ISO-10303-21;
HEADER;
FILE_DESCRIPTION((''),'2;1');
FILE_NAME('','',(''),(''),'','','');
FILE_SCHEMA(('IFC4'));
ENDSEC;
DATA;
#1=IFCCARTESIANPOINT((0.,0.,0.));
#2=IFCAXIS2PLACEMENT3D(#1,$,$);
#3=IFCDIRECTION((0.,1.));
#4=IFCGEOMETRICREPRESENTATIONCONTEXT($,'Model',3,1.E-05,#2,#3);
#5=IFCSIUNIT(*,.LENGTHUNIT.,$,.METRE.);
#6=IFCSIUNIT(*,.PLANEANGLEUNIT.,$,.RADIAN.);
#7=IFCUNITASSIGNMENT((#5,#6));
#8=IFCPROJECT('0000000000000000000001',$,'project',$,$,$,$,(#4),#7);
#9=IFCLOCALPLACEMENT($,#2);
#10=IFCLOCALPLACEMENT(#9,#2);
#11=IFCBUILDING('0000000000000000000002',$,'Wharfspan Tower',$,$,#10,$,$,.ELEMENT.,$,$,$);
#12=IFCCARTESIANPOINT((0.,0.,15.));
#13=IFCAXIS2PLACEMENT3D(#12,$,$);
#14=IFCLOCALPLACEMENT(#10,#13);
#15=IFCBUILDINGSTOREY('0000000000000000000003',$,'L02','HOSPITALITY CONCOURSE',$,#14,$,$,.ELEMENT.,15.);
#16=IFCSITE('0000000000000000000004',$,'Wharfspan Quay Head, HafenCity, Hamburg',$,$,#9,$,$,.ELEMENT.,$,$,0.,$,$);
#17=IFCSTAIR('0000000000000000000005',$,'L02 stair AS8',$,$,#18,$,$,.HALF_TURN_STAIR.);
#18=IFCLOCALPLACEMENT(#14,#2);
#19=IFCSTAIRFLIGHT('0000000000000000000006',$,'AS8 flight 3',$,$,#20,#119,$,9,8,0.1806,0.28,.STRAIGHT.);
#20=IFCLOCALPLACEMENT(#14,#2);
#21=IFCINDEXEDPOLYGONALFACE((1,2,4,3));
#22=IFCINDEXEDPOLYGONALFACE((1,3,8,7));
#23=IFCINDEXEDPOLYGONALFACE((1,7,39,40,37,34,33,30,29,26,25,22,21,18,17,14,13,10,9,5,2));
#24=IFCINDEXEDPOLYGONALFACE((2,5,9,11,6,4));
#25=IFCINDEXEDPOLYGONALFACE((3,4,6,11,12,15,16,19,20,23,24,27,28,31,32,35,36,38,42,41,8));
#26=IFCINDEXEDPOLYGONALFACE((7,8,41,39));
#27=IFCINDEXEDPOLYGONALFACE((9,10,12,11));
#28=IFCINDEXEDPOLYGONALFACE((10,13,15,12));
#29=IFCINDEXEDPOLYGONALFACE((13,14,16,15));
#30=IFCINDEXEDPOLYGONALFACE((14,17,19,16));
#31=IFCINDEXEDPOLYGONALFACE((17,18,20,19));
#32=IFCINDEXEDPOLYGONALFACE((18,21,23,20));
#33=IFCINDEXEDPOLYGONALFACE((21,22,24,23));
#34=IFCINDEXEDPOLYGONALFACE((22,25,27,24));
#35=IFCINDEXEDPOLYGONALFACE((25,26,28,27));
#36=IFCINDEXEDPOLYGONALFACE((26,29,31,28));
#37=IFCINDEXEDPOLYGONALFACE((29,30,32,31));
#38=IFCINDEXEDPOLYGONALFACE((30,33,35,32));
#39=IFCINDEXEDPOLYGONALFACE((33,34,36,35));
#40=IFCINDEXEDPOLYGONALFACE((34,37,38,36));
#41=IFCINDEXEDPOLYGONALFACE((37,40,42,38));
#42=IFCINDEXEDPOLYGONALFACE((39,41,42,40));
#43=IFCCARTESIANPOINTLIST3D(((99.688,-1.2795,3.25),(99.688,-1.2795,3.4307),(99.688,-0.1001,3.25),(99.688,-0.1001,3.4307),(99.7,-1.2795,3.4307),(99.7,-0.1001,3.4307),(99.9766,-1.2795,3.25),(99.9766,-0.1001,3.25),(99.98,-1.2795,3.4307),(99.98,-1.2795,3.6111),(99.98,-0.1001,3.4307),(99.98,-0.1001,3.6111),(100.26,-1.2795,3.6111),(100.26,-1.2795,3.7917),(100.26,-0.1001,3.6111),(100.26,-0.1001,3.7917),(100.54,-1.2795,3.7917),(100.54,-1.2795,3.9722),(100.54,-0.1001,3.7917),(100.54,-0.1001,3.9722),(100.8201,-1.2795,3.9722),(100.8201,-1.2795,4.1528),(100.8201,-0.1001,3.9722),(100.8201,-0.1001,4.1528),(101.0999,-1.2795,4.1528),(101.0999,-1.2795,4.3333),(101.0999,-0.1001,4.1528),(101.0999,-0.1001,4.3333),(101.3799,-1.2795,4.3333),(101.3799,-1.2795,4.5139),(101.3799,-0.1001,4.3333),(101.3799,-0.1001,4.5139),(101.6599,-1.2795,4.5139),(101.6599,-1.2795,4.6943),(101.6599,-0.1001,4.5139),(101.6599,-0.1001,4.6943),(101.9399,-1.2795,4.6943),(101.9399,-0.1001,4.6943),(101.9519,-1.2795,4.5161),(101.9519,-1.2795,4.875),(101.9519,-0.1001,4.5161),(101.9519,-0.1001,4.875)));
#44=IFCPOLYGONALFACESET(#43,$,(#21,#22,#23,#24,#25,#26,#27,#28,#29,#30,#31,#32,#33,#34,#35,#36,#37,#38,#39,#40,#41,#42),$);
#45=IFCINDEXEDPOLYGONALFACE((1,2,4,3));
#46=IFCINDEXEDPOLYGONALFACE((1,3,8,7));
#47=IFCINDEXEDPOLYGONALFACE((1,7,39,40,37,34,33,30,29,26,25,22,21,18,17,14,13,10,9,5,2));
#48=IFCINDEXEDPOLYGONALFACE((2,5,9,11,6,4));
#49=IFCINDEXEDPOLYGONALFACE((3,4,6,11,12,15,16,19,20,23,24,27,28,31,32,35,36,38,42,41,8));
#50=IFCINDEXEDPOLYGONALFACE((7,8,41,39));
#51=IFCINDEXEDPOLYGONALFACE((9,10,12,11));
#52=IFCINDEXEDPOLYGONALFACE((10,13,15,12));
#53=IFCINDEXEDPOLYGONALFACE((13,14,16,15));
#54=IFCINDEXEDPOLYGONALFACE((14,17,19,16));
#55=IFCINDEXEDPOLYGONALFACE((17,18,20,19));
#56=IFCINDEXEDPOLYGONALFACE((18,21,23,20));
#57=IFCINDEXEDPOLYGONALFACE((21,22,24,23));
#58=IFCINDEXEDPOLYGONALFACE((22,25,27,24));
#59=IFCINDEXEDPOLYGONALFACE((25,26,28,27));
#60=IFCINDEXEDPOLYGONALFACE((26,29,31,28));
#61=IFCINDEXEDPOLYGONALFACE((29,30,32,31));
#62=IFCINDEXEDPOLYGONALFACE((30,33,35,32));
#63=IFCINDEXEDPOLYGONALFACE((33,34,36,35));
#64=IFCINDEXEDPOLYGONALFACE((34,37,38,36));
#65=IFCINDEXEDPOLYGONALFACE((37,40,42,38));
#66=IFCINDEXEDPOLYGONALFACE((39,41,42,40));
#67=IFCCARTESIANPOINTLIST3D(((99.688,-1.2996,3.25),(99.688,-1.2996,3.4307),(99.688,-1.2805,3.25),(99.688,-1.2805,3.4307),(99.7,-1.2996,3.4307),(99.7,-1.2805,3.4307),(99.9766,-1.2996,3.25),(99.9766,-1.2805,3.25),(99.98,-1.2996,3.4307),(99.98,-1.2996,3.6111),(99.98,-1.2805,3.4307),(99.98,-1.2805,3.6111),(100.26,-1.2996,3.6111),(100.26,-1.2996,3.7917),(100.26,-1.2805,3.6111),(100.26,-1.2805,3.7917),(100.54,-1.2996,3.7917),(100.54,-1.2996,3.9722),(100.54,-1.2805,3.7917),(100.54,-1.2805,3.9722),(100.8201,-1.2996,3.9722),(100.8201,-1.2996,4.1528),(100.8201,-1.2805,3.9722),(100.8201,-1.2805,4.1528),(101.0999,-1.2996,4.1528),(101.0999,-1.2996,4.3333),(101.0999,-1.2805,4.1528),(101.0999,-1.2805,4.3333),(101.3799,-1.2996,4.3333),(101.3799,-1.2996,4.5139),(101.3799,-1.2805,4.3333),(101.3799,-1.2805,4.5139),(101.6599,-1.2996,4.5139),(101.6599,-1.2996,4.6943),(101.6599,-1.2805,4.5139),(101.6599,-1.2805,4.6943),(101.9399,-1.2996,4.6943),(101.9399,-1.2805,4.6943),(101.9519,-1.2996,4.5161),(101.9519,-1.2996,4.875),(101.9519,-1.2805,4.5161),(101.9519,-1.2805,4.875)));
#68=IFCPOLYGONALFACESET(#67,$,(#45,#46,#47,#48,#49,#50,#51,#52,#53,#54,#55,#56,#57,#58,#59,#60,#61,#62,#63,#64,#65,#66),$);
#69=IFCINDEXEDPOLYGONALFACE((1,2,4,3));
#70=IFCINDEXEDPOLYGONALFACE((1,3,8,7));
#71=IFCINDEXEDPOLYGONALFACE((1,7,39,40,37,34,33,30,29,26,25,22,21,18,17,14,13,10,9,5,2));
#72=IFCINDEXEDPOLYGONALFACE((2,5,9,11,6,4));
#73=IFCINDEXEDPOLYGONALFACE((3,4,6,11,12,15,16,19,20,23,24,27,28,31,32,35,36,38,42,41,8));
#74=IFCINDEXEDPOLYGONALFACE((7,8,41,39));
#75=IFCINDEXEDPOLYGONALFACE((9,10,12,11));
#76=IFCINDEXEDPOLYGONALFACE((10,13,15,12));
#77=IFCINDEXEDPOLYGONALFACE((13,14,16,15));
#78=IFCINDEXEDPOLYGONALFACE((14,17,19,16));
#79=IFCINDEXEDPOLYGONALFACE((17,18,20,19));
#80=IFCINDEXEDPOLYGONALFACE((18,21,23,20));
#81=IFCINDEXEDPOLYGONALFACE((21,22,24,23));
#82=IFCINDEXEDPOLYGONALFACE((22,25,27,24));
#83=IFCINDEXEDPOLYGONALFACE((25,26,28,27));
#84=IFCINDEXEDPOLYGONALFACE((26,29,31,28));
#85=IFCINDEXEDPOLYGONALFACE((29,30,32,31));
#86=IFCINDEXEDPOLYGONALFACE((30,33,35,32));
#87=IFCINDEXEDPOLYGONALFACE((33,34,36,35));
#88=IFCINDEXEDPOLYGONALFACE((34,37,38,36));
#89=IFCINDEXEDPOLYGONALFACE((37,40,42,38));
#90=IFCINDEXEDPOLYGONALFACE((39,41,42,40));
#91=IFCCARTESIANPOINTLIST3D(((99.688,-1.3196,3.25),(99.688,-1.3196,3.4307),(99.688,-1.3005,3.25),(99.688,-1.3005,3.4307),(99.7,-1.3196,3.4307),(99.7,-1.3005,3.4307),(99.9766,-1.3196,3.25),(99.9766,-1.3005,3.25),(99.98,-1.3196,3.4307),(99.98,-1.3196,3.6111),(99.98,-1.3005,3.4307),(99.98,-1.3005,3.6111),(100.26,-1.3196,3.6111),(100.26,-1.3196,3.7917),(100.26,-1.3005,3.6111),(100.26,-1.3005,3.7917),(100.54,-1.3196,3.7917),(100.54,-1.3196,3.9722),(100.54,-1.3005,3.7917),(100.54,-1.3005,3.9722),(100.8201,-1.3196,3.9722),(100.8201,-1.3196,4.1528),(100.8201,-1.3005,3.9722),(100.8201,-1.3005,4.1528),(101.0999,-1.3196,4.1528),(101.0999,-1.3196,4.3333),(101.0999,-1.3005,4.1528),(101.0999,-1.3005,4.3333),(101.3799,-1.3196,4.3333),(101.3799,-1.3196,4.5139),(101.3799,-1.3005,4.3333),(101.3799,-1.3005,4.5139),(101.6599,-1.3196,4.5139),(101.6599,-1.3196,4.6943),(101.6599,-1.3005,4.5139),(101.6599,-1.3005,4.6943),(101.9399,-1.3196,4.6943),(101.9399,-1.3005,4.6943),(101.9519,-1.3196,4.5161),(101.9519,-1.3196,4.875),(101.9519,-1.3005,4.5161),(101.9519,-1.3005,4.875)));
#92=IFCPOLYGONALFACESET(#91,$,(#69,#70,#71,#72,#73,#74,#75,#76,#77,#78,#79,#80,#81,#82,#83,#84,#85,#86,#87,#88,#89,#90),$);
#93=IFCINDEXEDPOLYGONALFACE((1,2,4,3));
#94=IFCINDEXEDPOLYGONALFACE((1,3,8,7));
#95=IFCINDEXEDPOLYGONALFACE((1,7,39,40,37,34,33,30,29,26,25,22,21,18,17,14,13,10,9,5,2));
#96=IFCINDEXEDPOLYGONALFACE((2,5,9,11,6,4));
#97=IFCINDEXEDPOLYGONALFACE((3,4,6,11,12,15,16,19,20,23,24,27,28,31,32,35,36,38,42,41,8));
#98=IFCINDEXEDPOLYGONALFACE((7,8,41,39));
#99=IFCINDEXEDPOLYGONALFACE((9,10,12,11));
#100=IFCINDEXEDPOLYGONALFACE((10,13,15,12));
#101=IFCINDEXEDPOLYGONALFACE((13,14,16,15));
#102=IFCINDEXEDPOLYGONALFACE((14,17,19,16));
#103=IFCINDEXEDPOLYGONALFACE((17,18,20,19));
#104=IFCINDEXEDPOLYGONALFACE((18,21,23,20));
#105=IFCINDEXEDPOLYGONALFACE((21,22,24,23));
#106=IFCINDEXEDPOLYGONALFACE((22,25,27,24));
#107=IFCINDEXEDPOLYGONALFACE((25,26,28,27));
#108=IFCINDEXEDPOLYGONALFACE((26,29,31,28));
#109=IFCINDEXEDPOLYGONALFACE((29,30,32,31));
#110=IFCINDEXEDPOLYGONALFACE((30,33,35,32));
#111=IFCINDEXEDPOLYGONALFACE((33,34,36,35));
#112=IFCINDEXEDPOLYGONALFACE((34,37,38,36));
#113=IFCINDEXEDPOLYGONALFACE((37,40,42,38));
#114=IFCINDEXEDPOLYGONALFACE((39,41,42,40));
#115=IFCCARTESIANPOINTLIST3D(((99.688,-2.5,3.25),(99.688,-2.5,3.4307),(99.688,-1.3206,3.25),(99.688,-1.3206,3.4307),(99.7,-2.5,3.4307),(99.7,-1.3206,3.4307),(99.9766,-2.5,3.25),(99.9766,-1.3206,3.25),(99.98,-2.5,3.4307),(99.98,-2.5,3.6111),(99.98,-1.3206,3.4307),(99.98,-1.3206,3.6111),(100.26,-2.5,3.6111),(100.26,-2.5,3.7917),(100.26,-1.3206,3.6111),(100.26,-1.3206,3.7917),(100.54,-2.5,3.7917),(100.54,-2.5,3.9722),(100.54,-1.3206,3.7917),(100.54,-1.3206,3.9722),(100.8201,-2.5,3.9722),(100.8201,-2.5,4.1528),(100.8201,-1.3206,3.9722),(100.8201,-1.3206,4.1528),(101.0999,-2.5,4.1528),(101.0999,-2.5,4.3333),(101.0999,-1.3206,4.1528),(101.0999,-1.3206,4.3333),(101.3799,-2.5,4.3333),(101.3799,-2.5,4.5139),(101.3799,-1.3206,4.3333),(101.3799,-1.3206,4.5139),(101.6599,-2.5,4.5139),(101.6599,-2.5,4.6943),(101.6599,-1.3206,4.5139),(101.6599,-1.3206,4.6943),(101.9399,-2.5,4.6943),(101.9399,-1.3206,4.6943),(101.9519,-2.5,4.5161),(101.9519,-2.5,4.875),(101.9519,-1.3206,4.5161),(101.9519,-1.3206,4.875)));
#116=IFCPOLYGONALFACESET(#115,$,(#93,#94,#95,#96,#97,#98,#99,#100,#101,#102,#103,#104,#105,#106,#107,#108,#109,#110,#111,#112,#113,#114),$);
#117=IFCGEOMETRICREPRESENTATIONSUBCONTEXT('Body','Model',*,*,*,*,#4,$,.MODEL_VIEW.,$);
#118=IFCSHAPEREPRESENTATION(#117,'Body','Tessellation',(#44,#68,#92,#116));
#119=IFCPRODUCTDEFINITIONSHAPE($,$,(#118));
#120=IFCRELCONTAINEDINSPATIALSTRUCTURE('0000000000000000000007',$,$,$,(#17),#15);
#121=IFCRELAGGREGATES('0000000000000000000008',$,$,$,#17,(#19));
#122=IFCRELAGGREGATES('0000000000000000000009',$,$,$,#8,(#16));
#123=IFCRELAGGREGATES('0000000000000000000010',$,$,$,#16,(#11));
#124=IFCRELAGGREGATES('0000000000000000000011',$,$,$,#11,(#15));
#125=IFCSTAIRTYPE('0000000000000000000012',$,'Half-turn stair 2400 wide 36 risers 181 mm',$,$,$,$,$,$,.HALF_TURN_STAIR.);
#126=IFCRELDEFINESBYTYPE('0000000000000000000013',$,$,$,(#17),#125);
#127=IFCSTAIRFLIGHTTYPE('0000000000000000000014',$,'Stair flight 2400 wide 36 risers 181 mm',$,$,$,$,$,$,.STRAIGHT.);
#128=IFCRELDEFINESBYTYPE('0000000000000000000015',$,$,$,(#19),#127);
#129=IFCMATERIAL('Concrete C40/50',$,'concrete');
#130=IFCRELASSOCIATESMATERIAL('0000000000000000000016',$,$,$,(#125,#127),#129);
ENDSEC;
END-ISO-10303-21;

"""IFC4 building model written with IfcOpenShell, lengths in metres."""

from ifc_helpers import new_model, si_unit, direction, frame, origin, place, context, subcontext, project, spatial, polyline, outline, extrude, material, type_object, element, aggregate, save


model = new_model("IFC4")

# Units and contexts
model_context = context("Model", 3, precision=1e-05, world=origin(), true_north=direction((0.0, 1.0)))
body_context = subcontext(model_context, "Body", "Model", "MODEL_VIEW")
ifc_project = project(units=[si_unit("LENGTHUNIT", "METRE"), si_unit("PLANEANGLEUNIT", "RADIAN")], contexts=[model_context])

# Site, building, storey
site_placement = place(None, origin())
site = spatial("IfcSite", under=ifc_project, at=site_placement, Name="Wharfspan Quay Head, HafenCity, Hamburg", CompositionType="ELEMENT", RefElevation=0.0)
building_placement = place(site_placement, origin())
building = spatial("IfcBuilding", under=site, at=building_placement, Name="Wharfspan Tower", CompositionType="ELEMENT")
storey_placement = place(building_placement, frame((0.0, 0.0, 15.0)))
storey = spatial("IfcBuildingStorey", under=building, at=storey_placement, Name="L02", Description="HOSPITALITY CONCOURSE", CompositionType="ELEMENT", Elevation=15.0)

# Shared definitions
ifc_material_1 = material(Name="Concrete C40/50", Category="concrete")

# Stair, stair flight
stair_type = type_object("IfcStairType", Name="Half-turn stair 2400 wide 36 risers 181 mm", PredefinedType="HALF_TURN_STAIR", material=ifc_material_1)
stair_placement = place(storey_placement, origin())
stair = element("IfcStair", 1, at=stair_placement, inside=storey, type_object=stair_type, Name="L02 stair AS8", PredefinedType="HALF_TURN_STAIR")
stair_flight_type = type_object("IfcStairFlightType", Name="Stair flight 2400 wide 36 risers 181 mm", PredefinedType="STRAIGHT", material=ifc_material_1)
stair_flight_1_placement = place(storey_placement, frame((99.7, -1.3, 3.25), z_axis=(0.0, 0.0, 1.0), x_axis=(1.0, 0.0, 0.0)))
stair_flight_1 = element("IfcStairFlight", 2, at=stair_flight_1_placement, type_object=stair_flight_type, Name="AS8 flight 3", NumberOfRisers=9, NumberOfTreads=8, PredefinedType="STRAIGHT", RiserHeight=0.1806, TreadLength=0.28, context=body_context, shape_type="SweptSolid", body=[
    extrude(outline(polyline([(-0.012, 0.0), (-0.012, 0.1807), (0.0, 0.1807), (0.28, 0.1807), (0.28, 0.3611), (0.5601, 0.3611), (0.5601, 0.5417), (0.8401, 0.5417), (0.8401, 0.7222), (1.1201, 0.7222), (1.1201, 0.9028), (1.3999, 0.9028), (1.3999, 1.0833), (1.6799, 1.0833), (1.6799, 1.2639), (1.96, 1.2639), (1.96, 1.4443), (2.24, 1.4443), (2.252, 1.625), (2.252, 1.2661), (0.2766, 0.0), (-0.012, 0.0)])), frame((0.0, 1.2, 0.0), z_axis=(0.0, -1.0, 0.0), x_axis=(1.0, 0.0, 0.0)), (0.0, 0.0, 1.0), 1.1794),
    extrude(outline(polyline([(-0.012, 0.0), (-0.012, 0.1807), (0.0, 0.1807), (0.28, 0.1807), (0.28, 0.3611), (0.5601, 0.3611), (0.5601, 0.5417), (0.8401, 0.5417), (0.8401, 0.7222), (1.1201, 0.7222), (1.1201, 0.9028), (1.3999, 0.9028), (1.3999, 1.0833), (1.6799, 1.0833), (1.6799, 1.2639), (1.96, 1.2639), (1.96, 1.4443), (2.24, 1.4443), (2.252, 1.625), (2.252, 1.2661), (0.2766, 0.0), (-0.012, 0.0)])), frame((0.0, 0.0195, 0.0), z_axis=(0.0, -1.0, 0.0), x_axis=(1.0, 0.0, 0.0)), (0.0, 0.0, 1.0), 0.019),
    extrude(outline(polyline([(-0.012, 0.0), (-0.012, 0.1807), (0.0, 0.1807), (0.28, 0.1807), (0.28, 0.3611), (0.5601, 0.3611), (0.5601, 0.5417), (0.8401, 0.5417), (0.8401, 0.7222), (1.1201, 0.7222), (1.1201, 0.9028), (1.3999, 0.9028), (1.3999, 1.0833), (1.6799, 1.0833), (1.6799, 1.2639), (1.96, 1.2639), (1.96, 1.4443), (2.24, 1.4443), (2.252, 1.625), (2.252, 1.2661), (0.2766, 0.0), (-0.012, 0.0)])), frame((0.0, -0.0005, 0.0), z_axis=(0.0, -1.0, 0.0), x_axis=(1.0, 0.0, 0.0)), (0.0, 0.0, 1.0), 0.019),
    extrude(outline(polyline([(-0.012, 0.0), (-0.012, 0.1807), (0.0, 0.1807), (0.28, 0.1807), (0.28, 0.3611), (0.5601, 0.3611), (0.5601, 0.5417), (0.8401, 0.5417), (0.8401, 0.7222), (1.1201, 0.7222), (1.1201, 0.9028), (1.3999, 0.9028), (1.3999, 1.0833), (1.6799, 1.0833), (1.6799, 1.2639), (1.96, 1.2639), (1.96, 1.4443), (2.24, 1.4443), (2.252, 1.625), (2.252, 1.2661), (0.2766, 0.0), (-0.012, 0.0)])), frame((0.0, -0.0205, 0.0), z_axis=(0.0, -1.0, 0.0), x_axis=(1.0, 0.0, 0.0)), (0.0, 0.0, 1.0), 1.1794),
])
aggregate(stair, [stair_flight_1])

save(model, "model.ifc")
